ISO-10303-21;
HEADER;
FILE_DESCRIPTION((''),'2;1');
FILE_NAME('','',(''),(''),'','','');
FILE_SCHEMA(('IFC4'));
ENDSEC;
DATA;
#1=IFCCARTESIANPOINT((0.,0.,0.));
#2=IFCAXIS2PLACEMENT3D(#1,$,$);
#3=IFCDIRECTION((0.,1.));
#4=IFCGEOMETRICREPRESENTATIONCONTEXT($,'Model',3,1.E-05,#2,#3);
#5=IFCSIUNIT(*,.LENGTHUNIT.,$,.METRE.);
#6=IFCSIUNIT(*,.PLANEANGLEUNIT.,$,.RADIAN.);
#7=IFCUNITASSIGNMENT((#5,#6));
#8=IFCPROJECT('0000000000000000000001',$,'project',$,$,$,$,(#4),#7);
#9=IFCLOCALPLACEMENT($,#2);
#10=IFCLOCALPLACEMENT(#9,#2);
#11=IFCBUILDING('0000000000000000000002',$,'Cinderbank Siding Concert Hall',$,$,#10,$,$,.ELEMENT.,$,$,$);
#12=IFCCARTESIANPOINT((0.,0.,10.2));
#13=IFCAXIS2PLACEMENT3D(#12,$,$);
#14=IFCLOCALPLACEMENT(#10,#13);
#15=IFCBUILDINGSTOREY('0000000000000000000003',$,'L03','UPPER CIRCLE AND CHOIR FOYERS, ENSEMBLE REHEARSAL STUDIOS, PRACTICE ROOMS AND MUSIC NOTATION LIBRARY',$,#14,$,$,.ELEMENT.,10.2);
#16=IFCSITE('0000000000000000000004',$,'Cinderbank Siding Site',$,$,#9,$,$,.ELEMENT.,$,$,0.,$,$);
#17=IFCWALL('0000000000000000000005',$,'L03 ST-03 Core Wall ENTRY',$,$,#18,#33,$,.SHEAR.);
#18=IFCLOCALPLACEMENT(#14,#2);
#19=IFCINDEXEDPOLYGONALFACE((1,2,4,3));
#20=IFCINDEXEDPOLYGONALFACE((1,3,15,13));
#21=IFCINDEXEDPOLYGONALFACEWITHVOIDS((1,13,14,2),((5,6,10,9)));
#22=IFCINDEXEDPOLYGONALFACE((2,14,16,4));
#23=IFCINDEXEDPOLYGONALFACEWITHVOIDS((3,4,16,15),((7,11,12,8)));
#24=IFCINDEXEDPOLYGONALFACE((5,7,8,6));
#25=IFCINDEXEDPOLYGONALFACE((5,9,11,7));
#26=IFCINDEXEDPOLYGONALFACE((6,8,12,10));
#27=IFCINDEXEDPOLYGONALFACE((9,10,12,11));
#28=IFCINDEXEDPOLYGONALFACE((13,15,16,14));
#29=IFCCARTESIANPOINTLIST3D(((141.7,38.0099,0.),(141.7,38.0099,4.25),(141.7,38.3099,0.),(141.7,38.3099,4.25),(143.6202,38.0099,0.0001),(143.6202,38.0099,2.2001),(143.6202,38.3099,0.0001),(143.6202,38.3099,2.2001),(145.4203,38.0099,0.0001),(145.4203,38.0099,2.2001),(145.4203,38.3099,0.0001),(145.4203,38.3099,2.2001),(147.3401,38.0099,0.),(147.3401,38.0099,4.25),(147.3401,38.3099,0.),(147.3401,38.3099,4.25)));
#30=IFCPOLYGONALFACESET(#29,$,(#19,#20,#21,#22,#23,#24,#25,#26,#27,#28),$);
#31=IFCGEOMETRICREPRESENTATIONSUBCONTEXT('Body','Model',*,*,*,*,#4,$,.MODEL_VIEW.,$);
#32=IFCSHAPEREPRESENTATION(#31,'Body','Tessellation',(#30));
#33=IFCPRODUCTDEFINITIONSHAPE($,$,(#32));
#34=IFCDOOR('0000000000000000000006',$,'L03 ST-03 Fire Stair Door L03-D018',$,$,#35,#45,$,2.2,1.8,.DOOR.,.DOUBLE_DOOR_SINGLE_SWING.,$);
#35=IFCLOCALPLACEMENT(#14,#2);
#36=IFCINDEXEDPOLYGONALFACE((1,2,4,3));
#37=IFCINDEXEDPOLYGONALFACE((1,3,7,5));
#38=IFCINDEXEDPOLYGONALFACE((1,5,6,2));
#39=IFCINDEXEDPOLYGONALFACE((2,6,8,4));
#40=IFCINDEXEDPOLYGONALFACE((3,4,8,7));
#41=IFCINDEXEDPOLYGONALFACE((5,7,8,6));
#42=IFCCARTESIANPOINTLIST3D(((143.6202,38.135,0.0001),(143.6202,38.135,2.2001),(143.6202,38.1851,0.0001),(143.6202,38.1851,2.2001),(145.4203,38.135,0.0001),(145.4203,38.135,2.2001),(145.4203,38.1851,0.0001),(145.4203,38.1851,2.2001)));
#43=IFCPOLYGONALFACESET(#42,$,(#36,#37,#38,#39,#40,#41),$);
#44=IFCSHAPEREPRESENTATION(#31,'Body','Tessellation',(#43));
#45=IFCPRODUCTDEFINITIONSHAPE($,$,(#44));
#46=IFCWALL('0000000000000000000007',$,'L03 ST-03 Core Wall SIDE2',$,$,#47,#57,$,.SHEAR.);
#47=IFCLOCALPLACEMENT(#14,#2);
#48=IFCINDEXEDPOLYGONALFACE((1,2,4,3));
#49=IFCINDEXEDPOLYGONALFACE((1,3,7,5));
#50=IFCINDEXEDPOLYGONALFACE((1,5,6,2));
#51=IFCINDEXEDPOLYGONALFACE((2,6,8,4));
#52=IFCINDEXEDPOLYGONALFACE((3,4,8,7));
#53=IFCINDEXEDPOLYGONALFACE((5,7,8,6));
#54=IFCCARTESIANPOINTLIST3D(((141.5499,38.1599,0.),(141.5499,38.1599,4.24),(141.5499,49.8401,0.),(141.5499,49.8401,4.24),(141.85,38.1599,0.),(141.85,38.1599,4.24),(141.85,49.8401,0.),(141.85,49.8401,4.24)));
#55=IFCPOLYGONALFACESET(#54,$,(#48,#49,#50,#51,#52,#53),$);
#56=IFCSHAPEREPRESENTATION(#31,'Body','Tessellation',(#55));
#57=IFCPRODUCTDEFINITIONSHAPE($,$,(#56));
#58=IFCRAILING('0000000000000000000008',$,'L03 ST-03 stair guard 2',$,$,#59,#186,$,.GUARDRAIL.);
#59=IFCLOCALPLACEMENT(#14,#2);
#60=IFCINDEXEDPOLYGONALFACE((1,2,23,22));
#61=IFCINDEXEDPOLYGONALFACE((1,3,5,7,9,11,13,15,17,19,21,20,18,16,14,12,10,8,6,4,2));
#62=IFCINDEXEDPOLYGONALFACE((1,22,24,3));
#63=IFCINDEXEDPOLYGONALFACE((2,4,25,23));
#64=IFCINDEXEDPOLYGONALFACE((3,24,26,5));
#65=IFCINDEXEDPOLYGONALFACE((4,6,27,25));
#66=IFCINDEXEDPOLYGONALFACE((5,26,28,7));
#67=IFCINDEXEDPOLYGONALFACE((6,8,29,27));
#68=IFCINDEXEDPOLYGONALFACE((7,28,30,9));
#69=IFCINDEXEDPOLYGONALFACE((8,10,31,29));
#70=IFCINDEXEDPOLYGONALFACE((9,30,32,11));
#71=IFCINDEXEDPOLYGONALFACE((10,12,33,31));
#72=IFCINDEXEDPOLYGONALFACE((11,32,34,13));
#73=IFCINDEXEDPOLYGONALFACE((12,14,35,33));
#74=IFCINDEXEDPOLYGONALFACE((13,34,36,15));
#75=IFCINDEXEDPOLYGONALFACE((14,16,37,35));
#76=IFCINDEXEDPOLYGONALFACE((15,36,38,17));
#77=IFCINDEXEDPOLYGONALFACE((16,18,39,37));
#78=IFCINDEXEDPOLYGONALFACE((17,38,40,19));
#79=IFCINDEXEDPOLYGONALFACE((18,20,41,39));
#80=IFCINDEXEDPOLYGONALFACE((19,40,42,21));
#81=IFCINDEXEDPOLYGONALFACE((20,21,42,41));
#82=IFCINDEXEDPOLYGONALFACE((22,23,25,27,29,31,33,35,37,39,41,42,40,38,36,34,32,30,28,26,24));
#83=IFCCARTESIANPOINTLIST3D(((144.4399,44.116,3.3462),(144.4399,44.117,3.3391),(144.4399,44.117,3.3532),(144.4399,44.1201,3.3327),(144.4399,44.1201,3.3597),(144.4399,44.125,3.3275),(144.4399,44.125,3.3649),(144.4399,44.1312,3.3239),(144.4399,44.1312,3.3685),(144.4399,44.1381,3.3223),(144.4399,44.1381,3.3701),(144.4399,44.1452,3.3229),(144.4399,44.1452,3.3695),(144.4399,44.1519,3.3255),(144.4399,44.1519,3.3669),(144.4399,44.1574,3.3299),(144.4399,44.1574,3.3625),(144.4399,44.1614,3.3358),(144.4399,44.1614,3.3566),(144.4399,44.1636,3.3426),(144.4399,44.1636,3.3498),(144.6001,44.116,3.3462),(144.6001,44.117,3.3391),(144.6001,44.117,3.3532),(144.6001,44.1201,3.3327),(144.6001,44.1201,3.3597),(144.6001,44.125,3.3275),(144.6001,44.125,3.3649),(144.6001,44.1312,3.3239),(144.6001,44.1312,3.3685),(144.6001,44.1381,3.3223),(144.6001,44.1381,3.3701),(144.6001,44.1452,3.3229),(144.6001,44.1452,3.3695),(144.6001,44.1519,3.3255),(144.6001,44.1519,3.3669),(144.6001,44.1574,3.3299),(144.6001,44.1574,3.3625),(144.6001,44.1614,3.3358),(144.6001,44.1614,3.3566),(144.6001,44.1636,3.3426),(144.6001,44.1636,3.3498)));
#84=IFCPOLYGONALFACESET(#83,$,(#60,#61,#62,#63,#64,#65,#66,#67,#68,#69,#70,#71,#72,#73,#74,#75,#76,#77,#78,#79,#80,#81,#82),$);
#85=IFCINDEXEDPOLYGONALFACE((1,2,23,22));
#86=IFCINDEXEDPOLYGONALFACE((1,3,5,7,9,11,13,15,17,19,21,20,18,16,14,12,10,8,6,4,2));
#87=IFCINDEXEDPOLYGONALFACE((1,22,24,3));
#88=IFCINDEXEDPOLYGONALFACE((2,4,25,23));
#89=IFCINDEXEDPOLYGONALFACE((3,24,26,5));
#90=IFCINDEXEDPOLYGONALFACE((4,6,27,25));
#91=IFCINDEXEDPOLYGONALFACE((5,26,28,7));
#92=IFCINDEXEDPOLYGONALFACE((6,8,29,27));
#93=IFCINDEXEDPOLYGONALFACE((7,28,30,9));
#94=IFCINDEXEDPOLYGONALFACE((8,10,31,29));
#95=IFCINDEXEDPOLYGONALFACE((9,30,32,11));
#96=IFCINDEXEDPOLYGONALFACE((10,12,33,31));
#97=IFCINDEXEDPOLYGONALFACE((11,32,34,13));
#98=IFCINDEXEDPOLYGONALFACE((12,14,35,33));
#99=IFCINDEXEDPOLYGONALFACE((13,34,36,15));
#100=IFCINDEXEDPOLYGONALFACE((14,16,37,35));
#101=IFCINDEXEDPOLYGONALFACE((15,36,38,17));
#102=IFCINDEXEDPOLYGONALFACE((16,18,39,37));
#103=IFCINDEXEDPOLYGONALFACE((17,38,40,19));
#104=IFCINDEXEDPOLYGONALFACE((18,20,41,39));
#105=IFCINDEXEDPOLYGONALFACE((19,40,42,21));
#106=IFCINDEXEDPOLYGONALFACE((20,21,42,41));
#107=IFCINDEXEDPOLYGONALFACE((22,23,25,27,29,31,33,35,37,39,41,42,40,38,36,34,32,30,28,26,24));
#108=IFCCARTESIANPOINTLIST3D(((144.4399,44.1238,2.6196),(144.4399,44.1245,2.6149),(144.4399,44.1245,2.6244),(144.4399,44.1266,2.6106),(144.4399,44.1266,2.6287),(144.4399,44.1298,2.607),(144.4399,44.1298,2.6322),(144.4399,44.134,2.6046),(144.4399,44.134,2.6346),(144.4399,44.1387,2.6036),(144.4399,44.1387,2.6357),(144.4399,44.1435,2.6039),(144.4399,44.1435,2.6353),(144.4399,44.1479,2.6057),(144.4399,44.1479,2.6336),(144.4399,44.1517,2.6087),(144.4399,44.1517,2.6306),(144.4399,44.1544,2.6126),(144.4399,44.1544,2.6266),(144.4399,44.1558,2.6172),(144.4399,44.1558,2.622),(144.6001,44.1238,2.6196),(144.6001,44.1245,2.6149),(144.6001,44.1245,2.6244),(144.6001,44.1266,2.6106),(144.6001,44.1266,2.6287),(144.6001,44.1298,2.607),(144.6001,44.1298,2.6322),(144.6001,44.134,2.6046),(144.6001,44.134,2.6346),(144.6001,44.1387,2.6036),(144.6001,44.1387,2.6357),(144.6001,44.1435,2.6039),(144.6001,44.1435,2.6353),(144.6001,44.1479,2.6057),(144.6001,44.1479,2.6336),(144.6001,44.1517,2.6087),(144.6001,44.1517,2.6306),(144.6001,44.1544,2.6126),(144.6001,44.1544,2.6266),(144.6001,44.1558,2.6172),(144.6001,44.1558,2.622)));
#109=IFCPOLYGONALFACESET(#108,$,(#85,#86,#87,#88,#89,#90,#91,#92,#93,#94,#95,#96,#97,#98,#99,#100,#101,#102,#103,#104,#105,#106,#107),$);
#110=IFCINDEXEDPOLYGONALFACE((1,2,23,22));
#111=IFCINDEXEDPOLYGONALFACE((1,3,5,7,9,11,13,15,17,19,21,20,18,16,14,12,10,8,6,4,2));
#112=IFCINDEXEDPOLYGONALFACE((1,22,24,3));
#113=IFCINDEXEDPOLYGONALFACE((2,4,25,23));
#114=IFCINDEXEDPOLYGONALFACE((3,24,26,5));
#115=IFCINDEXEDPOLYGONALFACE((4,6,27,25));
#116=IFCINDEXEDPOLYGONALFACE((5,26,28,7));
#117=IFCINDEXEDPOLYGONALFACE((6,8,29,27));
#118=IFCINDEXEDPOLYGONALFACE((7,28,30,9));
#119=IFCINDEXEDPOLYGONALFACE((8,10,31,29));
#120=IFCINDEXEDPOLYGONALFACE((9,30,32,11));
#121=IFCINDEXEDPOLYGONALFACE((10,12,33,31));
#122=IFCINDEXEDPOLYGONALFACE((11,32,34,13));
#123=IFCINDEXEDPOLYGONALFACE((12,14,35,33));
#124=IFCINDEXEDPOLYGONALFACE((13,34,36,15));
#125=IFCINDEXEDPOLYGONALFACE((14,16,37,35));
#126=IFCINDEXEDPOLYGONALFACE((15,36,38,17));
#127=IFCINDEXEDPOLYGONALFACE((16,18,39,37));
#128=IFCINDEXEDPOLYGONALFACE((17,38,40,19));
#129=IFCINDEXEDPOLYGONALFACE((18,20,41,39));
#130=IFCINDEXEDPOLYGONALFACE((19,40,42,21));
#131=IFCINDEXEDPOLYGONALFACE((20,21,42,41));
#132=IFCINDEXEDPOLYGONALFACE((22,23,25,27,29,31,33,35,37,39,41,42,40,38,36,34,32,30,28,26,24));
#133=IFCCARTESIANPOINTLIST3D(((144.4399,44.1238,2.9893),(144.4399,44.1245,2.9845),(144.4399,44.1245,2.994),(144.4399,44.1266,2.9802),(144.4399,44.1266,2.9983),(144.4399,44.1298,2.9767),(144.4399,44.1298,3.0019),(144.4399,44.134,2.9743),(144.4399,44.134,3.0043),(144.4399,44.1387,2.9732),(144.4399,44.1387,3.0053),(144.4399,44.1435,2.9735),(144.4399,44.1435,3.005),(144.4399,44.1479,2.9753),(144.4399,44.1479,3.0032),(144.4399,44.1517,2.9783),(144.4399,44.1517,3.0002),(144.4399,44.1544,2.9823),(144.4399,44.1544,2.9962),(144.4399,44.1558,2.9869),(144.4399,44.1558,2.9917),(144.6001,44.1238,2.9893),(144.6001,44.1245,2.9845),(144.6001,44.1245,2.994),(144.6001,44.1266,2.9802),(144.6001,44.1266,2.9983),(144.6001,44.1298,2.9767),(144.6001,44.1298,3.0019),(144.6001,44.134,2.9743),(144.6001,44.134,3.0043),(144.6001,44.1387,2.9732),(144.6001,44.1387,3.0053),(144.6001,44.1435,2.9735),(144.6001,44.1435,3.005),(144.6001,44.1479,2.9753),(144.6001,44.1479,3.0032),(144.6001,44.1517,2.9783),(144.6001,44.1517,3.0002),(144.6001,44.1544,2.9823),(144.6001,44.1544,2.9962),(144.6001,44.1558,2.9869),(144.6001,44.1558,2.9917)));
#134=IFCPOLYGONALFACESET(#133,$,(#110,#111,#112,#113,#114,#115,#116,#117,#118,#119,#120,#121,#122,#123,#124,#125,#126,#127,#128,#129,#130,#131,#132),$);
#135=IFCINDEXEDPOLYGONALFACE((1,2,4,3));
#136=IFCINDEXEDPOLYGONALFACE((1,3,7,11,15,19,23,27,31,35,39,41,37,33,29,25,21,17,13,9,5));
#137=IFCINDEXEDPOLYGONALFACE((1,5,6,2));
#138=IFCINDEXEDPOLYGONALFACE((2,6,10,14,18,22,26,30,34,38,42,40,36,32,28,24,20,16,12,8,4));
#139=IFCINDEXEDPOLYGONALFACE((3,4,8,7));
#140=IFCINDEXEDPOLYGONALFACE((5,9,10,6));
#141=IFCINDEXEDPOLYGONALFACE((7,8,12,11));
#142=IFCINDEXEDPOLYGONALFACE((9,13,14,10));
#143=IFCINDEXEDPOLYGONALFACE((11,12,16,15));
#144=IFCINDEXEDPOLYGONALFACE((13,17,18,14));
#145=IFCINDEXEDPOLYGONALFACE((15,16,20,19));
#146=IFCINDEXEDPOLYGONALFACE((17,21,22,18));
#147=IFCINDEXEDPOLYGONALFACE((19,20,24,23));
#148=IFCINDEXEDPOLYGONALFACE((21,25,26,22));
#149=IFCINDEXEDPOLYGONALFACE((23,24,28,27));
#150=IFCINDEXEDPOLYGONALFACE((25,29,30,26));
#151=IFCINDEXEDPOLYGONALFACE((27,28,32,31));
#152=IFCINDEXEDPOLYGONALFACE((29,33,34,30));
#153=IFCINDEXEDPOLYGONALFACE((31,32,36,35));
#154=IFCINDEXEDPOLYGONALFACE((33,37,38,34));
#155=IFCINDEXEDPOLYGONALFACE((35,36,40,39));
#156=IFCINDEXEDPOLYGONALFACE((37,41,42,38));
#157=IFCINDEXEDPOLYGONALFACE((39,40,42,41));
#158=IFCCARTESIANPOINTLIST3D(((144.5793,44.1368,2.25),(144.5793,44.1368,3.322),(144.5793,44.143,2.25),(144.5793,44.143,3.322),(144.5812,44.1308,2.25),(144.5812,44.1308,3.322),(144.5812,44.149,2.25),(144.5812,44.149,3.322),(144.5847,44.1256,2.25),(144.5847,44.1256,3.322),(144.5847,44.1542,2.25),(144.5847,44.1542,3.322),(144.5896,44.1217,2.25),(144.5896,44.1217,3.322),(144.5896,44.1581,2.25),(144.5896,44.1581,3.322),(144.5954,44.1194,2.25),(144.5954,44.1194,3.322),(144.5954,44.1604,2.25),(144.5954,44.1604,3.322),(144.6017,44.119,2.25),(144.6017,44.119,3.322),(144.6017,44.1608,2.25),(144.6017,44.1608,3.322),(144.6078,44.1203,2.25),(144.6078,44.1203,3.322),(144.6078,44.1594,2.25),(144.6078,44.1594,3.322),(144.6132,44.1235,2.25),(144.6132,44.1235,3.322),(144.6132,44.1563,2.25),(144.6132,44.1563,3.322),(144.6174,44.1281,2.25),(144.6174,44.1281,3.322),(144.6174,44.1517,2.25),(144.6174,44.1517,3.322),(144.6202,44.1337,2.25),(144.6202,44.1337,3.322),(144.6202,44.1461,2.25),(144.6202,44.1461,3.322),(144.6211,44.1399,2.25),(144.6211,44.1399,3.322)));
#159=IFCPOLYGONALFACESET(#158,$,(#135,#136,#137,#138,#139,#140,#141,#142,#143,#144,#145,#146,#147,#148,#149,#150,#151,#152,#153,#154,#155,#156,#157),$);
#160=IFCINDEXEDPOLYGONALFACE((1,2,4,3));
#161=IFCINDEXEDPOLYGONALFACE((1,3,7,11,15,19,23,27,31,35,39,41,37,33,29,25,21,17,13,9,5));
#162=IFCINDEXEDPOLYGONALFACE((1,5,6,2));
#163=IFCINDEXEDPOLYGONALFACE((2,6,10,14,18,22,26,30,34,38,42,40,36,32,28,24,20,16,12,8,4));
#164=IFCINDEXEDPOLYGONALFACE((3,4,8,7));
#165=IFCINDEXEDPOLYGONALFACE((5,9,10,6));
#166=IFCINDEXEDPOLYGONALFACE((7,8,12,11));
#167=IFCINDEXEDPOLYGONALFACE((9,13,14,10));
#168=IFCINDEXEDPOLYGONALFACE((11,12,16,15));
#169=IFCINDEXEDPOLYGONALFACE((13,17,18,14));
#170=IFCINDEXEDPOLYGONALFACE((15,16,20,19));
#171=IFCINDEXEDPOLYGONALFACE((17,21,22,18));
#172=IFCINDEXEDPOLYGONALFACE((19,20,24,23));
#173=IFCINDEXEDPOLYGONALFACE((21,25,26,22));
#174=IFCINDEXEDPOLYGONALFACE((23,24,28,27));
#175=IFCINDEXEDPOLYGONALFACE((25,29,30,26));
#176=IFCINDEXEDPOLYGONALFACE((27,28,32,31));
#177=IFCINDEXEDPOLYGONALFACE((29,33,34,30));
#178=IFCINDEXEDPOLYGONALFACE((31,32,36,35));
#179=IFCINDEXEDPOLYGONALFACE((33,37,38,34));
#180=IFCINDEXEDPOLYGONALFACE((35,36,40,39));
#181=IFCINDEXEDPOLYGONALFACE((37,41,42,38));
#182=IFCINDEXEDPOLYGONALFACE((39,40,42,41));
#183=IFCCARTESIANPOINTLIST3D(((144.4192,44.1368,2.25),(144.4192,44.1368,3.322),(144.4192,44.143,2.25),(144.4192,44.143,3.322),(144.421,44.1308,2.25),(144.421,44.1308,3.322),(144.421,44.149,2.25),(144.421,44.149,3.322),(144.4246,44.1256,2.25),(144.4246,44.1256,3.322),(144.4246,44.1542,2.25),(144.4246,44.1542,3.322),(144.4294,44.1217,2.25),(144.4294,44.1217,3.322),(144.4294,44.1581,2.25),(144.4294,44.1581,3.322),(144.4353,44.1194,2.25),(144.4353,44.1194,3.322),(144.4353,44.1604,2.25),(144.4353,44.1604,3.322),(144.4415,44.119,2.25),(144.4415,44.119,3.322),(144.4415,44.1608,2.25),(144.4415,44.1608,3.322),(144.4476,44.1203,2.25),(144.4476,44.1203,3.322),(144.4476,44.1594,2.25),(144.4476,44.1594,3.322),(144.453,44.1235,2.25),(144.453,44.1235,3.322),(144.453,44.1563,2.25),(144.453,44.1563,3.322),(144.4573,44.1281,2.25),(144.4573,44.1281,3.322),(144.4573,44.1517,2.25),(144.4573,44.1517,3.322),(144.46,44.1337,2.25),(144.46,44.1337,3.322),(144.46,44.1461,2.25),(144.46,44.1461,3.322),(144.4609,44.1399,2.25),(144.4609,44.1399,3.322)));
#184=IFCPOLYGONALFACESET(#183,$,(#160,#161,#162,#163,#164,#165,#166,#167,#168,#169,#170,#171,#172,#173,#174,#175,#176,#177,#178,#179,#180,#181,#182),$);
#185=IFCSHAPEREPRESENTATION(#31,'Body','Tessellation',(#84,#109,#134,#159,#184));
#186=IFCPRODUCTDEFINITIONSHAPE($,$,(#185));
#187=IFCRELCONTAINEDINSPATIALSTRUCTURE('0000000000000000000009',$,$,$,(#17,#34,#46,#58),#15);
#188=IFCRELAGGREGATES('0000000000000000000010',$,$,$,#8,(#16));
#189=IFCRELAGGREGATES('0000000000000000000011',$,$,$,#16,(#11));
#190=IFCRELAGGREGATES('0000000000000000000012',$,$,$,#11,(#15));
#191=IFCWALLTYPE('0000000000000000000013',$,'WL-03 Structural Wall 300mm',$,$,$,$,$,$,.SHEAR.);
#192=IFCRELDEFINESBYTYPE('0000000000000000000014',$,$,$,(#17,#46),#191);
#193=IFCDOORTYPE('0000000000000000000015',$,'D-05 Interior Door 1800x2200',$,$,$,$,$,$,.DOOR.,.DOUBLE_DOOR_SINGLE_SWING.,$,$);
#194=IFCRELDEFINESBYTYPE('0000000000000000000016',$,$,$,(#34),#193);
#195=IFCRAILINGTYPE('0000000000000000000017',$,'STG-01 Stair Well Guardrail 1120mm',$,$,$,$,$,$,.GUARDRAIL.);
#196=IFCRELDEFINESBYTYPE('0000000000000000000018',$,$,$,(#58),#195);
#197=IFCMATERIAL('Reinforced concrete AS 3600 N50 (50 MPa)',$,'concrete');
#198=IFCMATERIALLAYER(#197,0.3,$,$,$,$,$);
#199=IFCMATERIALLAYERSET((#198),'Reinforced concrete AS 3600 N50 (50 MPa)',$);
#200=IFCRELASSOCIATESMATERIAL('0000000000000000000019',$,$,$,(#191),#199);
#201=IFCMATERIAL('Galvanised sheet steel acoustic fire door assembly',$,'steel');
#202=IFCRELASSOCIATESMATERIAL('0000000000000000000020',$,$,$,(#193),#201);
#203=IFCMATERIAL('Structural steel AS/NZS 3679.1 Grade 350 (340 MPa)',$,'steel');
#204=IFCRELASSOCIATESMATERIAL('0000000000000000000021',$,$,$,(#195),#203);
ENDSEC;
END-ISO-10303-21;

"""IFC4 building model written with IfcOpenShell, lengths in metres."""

from ifc_helpers import new_model, si_unit, direction, frame, frame_2d, origin, origin_2d, place, context, subcontext, project, spatial, rectangle, circle, extrude, material, layer, layer_set, type_object, element, fill, save


model = new_model("IFC4")

# Units and contexts
model_context = context("Model", 3, precision=1e-05, world=origin(), true_north=direction((0.0, 1.0)))
body_context = subcontext(model_context, "Body", "Model", "MODEL_VIEW")
ifc_project = project(units=[si_unit("LENGTHUNIT", "METRE"), si_unit("PLANEANGLEUNIT", "RADIAN")], contexts=[model_context])

# Site, building, storey
site_placement = place(None, origin())
site = spatial("IfcSite", under=ifc_project, at=site_placement, Name="Cinderbank Siding Site", CompositionType="ELEMENT", RefElevation=0.0)
building_placement = place(site_placement, origin())
building = spatial("IfcBuilding", under=site, at=building_placement, Name="Cinderbank Siding Concert Hall", CompositionType="ELEMENT")
storey_placement = place(building_placement, frame((0.0, 0.0, 10.2)))
storey = spatial("IfcBuildingStorey", under=building, at=storey_placement, Name="L03", Description="UPPER CIRCLE AND CHOIR FOYERS, ENSEMBLE REHEARSAL STUDIOS, PRACTICE ROOMS AND MUSIC NOTATION LIBRARY", CompositionType="ELEMENT", Elevation=10.2)

# Shared definitions
ifc_material_1 = material(Name="Reinforced concrete AS 3600 N50 (50 MPa)", Category="concrete")

# Shared definitions
ifc_material_2 = material(Name="Structural steel AS/NZS 3679.1 Grade 350 (340 MPa)", Category="steel")

# Wall, opening, door
ifc_layer_1 = layer(ifc_material_1, 0.3)
ifc_layer_set_1 = layer_set([ifc_layer_1], Name="Reinforced concrete AS 3600 N50 (50 MPa)")
wall_type_1 = type_object("IfcWallType", Name="WL-03 Structural Wall 300mm", PredefinedType="SHEAR", material=ifc_layer_set_1)
wall_1_placement = place(storey_placement, frame((147.3401, 38.1599, 0.0), z_axis=(0.0, 0.0, 1.0), x_axis=(-1.0, 0.0, 0.0)))
wall_1 = element("IfcWall", 1, at=wall_1_placement, inside=storey, type_object=wall_type_1, Name="L03 ST-03 Core Wall ENTRY", PredefinedType="SHEAR", context=body_context, shape_type="SweptSolid", body=[
    extrude(rectangle(XDim=5.6401, YDim=0.3, at=frame_2d((2.8201, 0.0))), origin(), (0.0, 0.0, 1.0), 4.25),
])
opening_placement = place(wall_1_placement, frame((1.9199, 0.0, 0.0)))
opening = element("IfcOpeningElement", 2, at=opening_placement, cuts=wall_1, PredefinedType="OPENING", context=body_context, shape_type="SweptSolid", body=[
    extrude(rectangle(XDim=1.8, YDim=2.2, at=frame_2d((0.8999, 1.1001))), frame((0.0, 0.1621, 0.0), z_axis=(0.0, -1.0, 0.0), x_axis=(1.0, 0.0, 0.0)), (0.0, 0.0, 1.0), 0.324),
])
ifc_material_3 = material(Name="Galvanised sheet steel acoustic fire door assembly", Category="steel")
door_type = type_object("IfcDoorType", Name="D-05 Interior Door 1800x2200", OperationType="DOUBLE_DOOR_SINGLE_SWING", PredefinedType="DOOR", material=ifc_material_3)
door_placement = place(opening_placement, origin())
door = element("IfcDoor", 3, at=door_placement, inside=storey, type_object=door_type, Name="L03 ST-03 Fire Stair Door L03-D018", OperationType="DOUBLE_DOOR_SINGLE_SWING", OverallHeight=2.2, OverallWidth=1.8, PredefinedType="DOOR", context=body_context, shape_type="SweptSolid", body=[
    extrude(rectangle(XDim=1.8, YDim=2.2, at=frame_2d((0.8999, 1.1001))), frame((0.0, 0.0249, 0.0), z_axis=(0.0, -1.0, 0.0), x_axis=(1.0, 0.0, 0.0)), (0.0, 0.0, 1.0), 0.05),
])
fill(opening, door)

# Wall
wall_2_placement = place(storey_placement, frame((141.7, 38.1599, 0.0), z_axis=(0.0, 0.0, 1.0), x_axis=(0.0, 1.0, 0.0)))
element("IfcWall", 4, at=wall_2_placement, inside=storey, type_object=wall_type_1, Name="L03 ST-03 Core Wall SIDE2", PredefinedType="SHEAR", context=body_context, shape_type="SweptSolid", body=[
    extrude(rectangle(XDim=11.6802, YDim=0.3, at=frame_2d((5.8401, 0.0))), origin(), (0.0, 0.0, 1.0), 4.24),
])

# Railing
railing_type_1 = type_object("IfcRailingType", Name="STG-01 Stair Well Guardrail 1120mm", PredefinedType="GUARDRAIL", material=ifc_material_2)
railing_1_placement = place(storey_placement, frame((144.6001, 44.1399, 2.25)))
element("IfcRailing", 5, at=railing_1_placement, inside=storey, type_object=railing_type_1, Name="L03 ST-03 stair guard 2", PredefinedType="GUARDRAIL", context=body_context, shape_type="SweptSolid", body=[
    extrude(circle(Radius=0.0239, at=origin_2d()), frame((0.0, 0.0, 1.0962), z_axis=(-1.0, 0.0, 0.0), x_axis=(0.0, -1.0, 0.0)), (0.0, 0.0, 1.0), 0.1602),
    extrude(circle(Radius=0.0161, at=origin_2d()), frame((0.0, 0.0, 0.3696), z_axis=(-1.0, 0.0, 0.0), x_axis=(0.0, -1.0, 0.0)), (0.0, 0.0, 1.0), 0.1602),
    extrude(circle(Radius=0.0161, at=origin_2d()), frame((0.0, 0.0, 0.7393), z_axis=(-1.0, 0.0, 0.0), x_axis=(0.0, -1.0, 0.0)), (0.0, 0.0, 1.0), 0.1602),
    extrude(circle(Radius=0.021, at=origin_2d()), origin(), (0.0, 0.0, 1.0), 1.072),
    extrude(circle(Radius=0.021, at=origin_2d()), frame((-0.1602, 0.0, 0.0)), (0.0, 0.0, 1.0), 1.072),
])

save(model, "model.ifc")
